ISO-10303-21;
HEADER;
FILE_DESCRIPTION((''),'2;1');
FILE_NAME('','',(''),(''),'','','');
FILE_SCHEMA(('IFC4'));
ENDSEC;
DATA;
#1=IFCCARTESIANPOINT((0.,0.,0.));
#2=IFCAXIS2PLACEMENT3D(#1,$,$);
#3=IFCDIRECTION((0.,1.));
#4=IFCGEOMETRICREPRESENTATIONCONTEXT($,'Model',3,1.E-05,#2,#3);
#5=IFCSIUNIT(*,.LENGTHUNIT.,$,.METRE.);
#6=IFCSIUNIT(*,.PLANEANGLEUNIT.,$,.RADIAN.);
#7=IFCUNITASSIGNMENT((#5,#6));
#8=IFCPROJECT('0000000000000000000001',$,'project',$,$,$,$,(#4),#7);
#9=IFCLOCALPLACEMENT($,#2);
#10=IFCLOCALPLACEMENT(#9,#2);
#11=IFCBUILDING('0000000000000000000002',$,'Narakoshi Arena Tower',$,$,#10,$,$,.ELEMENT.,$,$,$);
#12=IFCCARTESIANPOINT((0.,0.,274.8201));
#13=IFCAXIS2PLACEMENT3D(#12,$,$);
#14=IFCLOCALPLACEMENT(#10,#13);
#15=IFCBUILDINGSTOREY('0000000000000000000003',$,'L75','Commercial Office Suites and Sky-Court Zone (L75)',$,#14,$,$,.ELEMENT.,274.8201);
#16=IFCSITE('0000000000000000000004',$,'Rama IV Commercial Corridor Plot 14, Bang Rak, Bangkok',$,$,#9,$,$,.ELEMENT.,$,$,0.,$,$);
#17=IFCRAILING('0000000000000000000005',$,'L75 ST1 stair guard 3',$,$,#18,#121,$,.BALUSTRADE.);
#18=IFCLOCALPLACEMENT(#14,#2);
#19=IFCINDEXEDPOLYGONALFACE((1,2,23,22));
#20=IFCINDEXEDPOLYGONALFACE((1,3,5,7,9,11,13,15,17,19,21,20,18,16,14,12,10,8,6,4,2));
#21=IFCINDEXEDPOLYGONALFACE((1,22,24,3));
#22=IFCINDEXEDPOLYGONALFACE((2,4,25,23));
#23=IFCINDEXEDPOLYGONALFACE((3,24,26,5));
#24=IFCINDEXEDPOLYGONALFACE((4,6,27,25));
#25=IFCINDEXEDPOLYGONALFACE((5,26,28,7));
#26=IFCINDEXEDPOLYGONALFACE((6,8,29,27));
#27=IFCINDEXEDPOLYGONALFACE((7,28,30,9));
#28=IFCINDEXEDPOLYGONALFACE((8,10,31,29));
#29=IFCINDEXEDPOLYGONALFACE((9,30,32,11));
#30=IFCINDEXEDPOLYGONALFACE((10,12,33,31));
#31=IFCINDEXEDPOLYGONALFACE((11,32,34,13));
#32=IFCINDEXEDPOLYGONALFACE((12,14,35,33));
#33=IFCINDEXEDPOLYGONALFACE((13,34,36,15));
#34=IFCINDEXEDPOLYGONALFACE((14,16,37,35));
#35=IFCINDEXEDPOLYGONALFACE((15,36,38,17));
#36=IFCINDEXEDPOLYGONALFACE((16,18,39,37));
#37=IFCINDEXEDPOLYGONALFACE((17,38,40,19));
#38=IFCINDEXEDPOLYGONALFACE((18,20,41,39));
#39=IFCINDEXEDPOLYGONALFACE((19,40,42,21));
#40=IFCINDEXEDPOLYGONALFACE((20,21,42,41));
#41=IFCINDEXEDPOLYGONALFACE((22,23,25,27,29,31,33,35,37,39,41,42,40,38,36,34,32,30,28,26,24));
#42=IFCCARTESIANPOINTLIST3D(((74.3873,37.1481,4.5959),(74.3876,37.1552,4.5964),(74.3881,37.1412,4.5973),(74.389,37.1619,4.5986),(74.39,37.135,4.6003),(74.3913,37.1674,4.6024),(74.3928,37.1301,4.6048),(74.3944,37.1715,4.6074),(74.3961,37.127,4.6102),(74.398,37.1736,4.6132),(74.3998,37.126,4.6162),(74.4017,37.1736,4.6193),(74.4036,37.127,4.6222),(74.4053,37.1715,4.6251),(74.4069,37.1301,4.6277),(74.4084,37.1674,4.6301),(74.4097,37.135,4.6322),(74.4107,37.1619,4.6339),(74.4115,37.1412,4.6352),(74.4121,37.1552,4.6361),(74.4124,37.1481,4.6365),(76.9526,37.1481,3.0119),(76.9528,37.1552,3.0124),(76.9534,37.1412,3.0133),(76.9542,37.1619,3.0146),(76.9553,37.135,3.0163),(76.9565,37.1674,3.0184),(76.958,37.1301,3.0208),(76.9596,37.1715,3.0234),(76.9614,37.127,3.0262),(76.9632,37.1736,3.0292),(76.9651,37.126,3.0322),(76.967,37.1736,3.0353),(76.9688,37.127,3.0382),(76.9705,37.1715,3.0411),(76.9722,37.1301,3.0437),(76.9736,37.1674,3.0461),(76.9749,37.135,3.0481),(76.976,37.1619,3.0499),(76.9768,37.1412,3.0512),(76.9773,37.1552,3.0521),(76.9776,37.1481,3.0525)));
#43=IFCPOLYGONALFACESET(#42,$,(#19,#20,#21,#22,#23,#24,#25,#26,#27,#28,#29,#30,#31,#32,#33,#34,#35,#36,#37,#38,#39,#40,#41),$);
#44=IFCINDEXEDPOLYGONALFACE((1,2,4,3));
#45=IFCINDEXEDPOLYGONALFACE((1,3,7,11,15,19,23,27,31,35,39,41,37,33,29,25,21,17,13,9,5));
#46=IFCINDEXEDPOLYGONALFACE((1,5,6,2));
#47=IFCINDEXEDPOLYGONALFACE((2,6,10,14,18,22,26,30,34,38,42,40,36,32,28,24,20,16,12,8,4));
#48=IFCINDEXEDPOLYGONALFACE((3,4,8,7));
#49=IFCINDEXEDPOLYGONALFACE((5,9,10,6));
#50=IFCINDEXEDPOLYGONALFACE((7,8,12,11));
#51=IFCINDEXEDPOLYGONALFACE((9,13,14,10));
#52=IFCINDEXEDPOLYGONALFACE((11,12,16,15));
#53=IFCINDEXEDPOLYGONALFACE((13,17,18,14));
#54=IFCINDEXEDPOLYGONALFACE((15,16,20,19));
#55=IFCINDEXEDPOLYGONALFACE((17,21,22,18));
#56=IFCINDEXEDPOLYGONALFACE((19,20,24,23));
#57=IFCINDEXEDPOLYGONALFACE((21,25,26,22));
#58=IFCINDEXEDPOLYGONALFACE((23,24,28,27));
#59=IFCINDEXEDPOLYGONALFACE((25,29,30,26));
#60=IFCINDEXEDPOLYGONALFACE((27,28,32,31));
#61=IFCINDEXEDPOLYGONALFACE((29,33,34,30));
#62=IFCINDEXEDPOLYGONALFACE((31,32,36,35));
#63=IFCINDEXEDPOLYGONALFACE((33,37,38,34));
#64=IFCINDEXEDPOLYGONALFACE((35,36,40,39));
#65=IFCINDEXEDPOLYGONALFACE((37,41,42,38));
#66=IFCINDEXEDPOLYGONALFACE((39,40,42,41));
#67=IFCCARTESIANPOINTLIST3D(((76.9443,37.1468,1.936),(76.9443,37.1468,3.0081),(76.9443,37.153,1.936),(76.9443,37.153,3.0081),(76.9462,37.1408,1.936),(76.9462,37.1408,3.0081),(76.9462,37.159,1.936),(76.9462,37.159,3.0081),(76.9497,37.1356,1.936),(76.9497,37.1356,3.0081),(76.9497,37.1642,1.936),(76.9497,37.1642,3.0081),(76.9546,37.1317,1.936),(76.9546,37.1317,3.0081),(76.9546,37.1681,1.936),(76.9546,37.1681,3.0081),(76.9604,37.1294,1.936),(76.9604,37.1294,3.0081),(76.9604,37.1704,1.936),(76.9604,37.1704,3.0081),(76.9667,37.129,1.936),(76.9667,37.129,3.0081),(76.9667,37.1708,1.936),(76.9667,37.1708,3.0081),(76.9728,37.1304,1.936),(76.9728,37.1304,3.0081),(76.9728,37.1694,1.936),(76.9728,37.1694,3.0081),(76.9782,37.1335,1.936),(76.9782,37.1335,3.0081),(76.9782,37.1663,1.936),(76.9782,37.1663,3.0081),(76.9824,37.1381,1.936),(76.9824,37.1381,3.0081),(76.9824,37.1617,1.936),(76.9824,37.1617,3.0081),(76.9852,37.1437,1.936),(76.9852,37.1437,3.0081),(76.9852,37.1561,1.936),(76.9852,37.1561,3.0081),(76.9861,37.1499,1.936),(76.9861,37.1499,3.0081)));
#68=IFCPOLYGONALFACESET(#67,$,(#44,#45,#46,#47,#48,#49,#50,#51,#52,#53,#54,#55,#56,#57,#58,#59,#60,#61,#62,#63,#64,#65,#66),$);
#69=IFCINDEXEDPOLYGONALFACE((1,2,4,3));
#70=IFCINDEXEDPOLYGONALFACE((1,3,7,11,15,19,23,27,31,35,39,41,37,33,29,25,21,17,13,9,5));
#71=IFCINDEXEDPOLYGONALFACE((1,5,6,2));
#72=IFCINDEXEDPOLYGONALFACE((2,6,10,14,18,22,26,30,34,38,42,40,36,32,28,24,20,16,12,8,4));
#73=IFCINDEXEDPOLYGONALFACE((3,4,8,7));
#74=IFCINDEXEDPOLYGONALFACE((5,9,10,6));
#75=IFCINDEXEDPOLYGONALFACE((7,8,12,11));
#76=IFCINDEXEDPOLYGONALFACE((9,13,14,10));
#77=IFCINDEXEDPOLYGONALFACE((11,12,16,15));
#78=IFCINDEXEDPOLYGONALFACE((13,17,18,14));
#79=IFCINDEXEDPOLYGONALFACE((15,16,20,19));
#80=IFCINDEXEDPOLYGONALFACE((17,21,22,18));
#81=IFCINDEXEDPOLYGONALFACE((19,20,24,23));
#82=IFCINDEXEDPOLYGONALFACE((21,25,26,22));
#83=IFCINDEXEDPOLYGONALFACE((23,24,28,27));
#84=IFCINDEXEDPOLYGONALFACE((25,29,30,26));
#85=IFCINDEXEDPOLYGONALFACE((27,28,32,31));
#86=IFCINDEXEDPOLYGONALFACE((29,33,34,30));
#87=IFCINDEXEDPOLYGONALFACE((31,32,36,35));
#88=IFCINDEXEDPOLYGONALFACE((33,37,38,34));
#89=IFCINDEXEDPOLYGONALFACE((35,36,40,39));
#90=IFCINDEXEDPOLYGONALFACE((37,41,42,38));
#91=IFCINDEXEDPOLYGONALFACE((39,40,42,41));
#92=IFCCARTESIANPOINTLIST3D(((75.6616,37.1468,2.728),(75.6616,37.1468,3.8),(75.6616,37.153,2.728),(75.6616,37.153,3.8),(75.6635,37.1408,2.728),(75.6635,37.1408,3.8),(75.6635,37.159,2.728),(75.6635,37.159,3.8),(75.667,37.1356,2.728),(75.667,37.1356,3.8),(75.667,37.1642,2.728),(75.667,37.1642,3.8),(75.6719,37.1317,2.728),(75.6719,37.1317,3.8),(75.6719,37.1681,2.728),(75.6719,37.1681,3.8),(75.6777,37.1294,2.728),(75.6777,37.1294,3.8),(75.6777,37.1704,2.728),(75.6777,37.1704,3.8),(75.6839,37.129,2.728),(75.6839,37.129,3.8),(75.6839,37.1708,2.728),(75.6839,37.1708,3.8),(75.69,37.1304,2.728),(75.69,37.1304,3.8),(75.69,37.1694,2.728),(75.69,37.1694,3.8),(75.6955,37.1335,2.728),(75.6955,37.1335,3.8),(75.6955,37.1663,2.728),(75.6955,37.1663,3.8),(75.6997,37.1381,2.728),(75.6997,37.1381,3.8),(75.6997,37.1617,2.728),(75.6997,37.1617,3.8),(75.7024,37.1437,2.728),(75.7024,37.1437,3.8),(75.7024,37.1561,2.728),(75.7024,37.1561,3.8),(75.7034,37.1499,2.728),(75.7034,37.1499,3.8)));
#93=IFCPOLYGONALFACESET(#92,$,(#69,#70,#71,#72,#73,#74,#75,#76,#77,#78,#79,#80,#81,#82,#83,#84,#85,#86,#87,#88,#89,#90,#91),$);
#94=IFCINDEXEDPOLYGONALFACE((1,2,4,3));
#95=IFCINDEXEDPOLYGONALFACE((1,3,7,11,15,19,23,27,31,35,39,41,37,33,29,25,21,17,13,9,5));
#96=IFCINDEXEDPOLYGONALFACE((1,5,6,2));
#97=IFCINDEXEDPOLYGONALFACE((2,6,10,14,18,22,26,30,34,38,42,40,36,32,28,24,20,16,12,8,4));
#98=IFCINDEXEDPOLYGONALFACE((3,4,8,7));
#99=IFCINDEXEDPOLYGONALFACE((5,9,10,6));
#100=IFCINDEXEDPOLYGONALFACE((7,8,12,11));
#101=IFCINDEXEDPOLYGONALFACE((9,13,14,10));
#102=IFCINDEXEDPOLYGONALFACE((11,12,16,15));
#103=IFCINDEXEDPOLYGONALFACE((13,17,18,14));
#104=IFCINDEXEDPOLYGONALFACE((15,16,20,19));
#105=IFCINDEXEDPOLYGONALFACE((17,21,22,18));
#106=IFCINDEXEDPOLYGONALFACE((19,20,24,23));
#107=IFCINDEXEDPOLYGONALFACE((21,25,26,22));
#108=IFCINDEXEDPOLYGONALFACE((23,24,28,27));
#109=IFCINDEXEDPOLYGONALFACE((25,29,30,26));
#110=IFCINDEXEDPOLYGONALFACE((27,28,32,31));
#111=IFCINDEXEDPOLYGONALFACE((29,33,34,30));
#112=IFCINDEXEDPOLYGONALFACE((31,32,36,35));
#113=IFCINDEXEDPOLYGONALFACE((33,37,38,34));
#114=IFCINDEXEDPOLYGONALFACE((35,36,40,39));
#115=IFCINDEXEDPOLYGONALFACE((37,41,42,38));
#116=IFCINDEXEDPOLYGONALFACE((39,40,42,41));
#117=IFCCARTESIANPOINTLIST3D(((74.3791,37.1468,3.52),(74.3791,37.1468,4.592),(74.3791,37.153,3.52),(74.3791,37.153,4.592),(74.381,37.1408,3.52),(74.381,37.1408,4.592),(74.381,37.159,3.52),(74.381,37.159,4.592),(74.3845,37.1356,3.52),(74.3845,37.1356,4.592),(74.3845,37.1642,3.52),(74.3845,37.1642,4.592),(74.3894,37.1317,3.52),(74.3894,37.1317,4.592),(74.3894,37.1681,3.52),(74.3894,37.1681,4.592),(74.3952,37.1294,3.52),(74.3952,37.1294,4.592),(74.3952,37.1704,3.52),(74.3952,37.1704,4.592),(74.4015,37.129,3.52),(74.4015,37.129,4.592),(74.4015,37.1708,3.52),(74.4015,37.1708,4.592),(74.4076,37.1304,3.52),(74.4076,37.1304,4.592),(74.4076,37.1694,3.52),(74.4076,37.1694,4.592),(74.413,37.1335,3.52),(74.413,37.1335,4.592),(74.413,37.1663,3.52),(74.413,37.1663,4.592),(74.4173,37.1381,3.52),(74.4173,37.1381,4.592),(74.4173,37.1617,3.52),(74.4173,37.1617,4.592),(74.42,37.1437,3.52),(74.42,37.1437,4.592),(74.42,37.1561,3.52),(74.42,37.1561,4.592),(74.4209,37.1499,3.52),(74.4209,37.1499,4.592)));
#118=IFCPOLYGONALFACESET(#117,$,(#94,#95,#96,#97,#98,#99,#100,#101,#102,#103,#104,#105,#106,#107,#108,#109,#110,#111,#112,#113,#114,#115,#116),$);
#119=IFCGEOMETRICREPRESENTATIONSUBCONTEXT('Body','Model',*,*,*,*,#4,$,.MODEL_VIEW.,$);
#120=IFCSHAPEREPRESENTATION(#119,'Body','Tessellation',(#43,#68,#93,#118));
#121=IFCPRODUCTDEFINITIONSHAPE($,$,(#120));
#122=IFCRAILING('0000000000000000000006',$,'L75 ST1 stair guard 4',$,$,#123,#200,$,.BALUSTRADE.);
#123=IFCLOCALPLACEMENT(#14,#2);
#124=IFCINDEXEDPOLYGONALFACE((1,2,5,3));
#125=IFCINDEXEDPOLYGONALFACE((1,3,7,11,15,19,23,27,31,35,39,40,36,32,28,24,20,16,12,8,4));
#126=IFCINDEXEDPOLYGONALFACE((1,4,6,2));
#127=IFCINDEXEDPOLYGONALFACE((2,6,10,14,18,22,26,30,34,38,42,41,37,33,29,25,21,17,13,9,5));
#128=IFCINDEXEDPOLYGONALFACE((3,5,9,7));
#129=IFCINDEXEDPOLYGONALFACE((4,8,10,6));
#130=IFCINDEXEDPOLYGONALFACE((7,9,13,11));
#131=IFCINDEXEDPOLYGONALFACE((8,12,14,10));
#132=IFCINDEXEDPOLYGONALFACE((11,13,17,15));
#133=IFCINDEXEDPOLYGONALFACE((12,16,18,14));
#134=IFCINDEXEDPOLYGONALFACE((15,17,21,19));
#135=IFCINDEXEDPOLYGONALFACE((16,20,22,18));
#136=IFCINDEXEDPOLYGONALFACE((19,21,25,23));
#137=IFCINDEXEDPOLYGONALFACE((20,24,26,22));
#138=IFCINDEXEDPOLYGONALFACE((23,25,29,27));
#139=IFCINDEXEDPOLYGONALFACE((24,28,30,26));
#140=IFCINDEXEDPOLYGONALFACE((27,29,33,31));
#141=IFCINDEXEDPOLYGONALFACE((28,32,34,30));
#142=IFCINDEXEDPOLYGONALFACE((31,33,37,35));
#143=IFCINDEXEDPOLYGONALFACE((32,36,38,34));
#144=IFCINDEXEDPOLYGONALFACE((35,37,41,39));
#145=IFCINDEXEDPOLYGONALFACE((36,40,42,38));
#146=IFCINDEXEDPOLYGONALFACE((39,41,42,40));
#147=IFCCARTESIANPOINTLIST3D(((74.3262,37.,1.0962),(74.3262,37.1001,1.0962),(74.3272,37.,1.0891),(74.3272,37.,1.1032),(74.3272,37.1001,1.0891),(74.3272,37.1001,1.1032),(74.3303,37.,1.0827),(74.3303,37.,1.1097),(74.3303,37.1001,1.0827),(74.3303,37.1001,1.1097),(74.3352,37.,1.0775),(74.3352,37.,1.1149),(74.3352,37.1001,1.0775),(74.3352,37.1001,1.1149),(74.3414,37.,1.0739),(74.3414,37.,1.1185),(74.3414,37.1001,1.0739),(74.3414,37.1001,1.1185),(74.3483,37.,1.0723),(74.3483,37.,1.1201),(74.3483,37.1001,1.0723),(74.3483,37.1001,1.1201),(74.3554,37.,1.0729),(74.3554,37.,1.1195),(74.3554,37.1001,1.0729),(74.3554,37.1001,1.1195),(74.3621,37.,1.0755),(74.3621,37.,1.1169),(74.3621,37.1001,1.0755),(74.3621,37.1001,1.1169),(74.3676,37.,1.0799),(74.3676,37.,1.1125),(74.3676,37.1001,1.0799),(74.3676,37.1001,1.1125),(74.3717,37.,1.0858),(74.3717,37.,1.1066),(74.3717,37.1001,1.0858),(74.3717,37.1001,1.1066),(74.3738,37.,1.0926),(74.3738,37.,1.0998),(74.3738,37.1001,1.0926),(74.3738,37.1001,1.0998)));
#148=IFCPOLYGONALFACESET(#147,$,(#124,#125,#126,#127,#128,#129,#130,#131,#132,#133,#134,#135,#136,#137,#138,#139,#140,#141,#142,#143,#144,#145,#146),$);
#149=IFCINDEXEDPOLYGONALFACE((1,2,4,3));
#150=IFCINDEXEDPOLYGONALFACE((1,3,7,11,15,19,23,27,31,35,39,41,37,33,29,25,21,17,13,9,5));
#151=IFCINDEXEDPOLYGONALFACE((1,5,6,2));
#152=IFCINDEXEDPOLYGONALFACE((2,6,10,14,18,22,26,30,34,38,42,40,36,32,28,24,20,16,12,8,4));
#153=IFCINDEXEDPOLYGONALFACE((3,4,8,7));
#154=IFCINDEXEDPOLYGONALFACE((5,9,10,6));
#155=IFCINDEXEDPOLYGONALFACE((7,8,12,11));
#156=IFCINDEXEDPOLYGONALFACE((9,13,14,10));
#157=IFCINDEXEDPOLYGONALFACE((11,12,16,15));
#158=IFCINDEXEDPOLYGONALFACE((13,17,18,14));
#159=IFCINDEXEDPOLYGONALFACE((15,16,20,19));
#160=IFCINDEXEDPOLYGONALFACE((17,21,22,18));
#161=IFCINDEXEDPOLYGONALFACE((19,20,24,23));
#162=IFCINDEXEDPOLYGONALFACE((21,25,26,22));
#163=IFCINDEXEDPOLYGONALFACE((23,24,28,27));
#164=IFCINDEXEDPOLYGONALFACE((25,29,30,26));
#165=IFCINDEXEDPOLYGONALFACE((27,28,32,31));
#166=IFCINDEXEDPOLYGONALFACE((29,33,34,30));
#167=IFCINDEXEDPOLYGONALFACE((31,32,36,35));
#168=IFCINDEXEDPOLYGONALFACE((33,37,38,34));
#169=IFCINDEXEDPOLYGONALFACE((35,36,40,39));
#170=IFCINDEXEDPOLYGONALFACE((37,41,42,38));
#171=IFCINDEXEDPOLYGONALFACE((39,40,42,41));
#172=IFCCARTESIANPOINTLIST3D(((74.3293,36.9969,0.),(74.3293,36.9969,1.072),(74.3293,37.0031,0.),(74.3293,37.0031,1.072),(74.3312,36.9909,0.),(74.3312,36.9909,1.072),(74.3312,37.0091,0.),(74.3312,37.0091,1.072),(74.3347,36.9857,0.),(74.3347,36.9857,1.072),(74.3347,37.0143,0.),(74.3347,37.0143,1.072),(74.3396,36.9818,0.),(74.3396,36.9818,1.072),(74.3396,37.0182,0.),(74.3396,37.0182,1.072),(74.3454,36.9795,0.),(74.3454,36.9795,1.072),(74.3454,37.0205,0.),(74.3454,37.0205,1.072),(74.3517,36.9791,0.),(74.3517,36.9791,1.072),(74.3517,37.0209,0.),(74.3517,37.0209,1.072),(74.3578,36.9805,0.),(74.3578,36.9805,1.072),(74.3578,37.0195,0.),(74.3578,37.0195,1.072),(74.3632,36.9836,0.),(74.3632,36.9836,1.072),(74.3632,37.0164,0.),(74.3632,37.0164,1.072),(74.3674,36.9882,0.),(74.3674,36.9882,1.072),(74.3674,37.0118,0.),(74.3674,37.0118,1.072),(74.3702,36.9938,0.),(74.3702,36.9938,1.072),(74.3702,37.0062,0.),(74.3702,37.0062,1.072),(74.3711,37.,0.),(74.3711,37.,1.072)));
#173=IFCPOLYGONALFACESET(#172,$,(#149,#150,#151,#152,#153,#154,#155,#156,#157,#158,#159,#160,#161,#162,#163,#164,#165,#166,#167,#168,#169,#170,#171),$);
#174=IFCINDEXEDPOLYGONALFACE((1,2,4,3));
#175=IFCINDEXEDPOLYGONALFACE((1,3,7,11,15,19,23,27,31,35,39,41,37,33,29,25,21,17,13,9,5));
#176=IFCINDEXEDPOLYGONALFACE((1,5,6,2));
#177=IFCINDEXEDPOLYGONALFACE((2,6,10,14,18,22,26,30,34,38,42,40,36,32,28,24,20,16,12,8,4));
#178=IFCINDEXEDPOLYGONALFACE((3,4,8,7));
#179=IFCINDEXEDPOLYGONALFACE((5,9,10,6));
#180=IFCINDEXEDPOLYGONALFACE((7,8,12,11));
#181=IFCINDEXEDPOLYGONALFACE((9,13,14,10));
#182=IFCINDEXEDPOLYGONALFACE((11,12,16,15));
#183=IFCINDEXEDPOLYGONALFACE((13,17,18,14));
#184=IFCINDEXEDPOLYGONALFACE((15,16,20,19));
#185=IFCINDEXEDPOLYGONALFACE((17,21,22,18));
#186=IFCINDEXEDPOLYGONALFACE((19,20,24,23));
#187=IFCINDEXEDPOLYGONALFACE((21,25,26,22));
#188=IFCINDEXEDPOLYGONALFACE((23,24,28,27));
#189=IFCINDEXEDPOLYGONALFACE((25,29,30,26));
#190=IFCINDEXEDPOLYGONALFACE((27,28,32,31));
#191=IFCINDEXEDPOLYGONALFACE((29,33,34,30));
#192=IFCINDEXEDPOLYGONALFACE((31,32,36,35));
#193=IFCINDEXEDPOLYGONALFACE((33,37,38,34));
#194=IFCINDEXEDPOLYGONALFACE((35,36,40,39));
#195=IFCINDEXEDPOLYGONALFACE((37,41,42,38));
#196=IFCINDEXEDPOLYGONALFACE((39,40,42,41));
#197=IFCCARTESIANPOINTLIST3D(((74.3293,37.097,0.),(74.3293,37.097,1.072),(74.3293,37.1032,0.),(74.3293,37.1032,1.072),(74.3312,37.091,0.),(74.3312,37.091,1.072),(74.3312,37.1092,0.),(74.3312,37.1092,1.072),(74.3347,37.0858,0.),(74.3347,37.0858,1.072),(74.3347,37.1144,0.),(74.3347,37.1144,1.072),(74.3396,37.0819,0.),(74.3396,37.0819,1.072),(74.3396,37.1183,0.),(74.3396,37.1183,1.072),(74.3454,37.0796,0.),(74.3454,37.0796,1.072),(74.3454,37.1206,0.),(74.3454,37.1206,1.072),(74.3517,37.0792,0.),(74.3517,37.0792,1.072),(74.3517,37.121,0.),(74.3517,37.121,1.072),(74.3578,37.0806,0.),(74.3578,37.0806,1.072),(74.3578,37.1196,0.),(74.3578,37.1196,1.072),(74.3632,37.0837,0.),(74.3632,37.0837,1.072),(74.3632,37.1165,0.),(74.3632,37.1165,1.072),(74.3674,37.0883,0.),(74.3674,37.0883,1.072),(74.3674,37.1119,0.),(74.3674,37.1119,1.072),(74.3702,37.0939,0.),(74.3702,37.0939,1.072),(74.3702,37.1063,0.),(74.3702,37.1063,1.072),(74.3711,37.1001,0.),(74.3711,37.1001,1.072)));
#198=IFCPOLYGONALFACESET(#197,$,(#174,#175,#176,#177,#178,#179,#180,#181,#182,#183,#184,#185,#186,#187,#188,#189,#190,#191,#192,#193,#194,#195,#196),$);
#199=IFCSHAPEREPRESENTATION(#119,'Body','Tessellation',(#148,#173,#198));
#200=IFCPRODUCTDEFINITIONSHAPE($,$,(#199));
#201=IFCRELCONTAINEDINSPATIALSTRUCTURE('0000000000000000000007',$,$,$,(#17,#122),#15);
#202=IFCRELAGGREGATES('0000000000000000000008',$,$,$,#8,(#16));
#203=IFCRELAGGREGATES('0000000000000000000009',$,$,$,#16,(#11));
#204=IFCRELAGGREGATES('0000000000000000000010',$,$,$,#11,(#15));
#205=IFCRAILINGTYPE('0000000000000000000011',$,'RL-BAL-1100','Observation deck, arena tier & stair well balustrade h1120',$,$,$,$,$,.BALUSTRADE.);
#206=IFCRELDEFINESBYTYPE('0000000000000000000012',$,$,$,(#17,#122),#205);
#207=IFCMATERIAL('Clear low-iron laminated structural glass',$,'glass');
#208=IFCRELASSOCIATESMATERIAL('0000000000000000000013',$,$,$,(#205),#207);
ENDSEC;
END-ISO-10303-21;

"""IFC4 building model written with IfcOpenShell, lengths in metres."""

from ifc_helpers import new_model, si_unit, direction, frame, origin, origin_2d, place, context, subcontext, project, spatial, circle, extrude, material, type_object, element, save


model = new_model("IFC4")

# Units and contexts
model_context = context("Model", 3, precision=1e-05, world=origin(), true_north=direction((0.0, 1.0)))
body_context = subcontext(model_context, "Body", "Model", "MODEL_VIEW")
ifc_project = project(units=[si_unit("LENGTHUNIT", "METRE"), si_unit("PLANEANGLEUNIT", "RADIAN")], contexts=[model_context])

# Site, building, storey
site_placement = place(None, origin())
site = spatial("IfcSite", under=ifc_project, at=site_placement, Name="Rama IV Commercial Corridor Plot 14, Bang Rak, Bangkok", CompositionType="ELEMENT", RefElevation=0.0)
building_placement = place(site_placement, origin())
building = spatial("IfcBuilding", under=site, at=building_placement, Name="Narakoshi Arena Tower", CompositionType="ELEMENT")
storey_placement = place(building_placement, frame((0.0, 0.0, 274.8201)))
storey = spatial("IfcBuildingStorey", under=building, at=storey_placement, Name="L75", Description="Commercial Office Suites and Sky-Court Zone (L75)", CompositionType="ELEMENT", Elevation=274.8201)

# Railings
ifc_material_1 = material(Name="Clear low-iron laminated structural glass", Category="glass")
railing_type_1 = type_object("IfcRailingType", Name="RL-BAL-1100", Description="Observation deck, arena tier & stair well balustrade h1120", PredefinedType="BALUSTRADE", material=ifc_material_1)
railing_1_placement = place(storey_placement, frame((76.9651, 37.1499, 1.936)))
element("IfcRailing", 1, at=railing_1_placement, inside=storey, type_object=railing_type_1, Name="L75 ST1 stair guard 3", PredefinedType="BALUSTRADE", context=body_context, shape_type="SweptSolid", body=[
    extrude(circle(Radius=0.0239, at=origin_2d()), frame((0.0, 0.0, 1.0962), z_axis=(-0.850857, 0.0, 0.525398), x_axis=(0.0, -1.0, 0.0)), (0.0, 0.0, 1.0), 3.0149),
    extrude(circle(Radius=0.021, at=origin_2d()), origin(), (0.0, 0.0, 1.0), 1.072),
    extrude(circle(Radius=0.021, at=origin_2d()), frame((-1.2827, 0.0, 0.792)), (0.0, 0.0, 1.0), 1.072),
    extrude(circle(Radius=0.021, at=origin_2d()), frame((-2.5652, 0.0, 1.584)), (0.0, 0.0, 1.0), 1.072),
])
railing_2_placement = place(storey_placement, frame((74.3501, 37.0, 0.0)))
element("IfcRailing", 2, at=railing_2_placement, inside=storey, type_object=railing_type_1, Name="L75 ST1 stair guard 4", PredefinedType="BALUSTRADE", context=body_context, shape_type="SweptSolid", body=[
    extrude(circle(Radius=0.0239, at=origin_2d()), frame((0.0, 0.0, 1.0962), z_axis=(0.0, 1.0, 0.0), x_axis=(-1.0, 0.0, 0.0)), (0.0, 0.0, 1.0), 0.1001),
    extrude(circle(Radius=0.021, at=origin_2d()), origin(), (0.0, 0.0, 1.0), 1.072),
    extrude(circle(Radius=0.021, at=origin_2d()), frame((0.0, 0.1001, 0.0)), (0.0, 0.0, 1.0), 1.072),
])

save(model, "model.ifc")
